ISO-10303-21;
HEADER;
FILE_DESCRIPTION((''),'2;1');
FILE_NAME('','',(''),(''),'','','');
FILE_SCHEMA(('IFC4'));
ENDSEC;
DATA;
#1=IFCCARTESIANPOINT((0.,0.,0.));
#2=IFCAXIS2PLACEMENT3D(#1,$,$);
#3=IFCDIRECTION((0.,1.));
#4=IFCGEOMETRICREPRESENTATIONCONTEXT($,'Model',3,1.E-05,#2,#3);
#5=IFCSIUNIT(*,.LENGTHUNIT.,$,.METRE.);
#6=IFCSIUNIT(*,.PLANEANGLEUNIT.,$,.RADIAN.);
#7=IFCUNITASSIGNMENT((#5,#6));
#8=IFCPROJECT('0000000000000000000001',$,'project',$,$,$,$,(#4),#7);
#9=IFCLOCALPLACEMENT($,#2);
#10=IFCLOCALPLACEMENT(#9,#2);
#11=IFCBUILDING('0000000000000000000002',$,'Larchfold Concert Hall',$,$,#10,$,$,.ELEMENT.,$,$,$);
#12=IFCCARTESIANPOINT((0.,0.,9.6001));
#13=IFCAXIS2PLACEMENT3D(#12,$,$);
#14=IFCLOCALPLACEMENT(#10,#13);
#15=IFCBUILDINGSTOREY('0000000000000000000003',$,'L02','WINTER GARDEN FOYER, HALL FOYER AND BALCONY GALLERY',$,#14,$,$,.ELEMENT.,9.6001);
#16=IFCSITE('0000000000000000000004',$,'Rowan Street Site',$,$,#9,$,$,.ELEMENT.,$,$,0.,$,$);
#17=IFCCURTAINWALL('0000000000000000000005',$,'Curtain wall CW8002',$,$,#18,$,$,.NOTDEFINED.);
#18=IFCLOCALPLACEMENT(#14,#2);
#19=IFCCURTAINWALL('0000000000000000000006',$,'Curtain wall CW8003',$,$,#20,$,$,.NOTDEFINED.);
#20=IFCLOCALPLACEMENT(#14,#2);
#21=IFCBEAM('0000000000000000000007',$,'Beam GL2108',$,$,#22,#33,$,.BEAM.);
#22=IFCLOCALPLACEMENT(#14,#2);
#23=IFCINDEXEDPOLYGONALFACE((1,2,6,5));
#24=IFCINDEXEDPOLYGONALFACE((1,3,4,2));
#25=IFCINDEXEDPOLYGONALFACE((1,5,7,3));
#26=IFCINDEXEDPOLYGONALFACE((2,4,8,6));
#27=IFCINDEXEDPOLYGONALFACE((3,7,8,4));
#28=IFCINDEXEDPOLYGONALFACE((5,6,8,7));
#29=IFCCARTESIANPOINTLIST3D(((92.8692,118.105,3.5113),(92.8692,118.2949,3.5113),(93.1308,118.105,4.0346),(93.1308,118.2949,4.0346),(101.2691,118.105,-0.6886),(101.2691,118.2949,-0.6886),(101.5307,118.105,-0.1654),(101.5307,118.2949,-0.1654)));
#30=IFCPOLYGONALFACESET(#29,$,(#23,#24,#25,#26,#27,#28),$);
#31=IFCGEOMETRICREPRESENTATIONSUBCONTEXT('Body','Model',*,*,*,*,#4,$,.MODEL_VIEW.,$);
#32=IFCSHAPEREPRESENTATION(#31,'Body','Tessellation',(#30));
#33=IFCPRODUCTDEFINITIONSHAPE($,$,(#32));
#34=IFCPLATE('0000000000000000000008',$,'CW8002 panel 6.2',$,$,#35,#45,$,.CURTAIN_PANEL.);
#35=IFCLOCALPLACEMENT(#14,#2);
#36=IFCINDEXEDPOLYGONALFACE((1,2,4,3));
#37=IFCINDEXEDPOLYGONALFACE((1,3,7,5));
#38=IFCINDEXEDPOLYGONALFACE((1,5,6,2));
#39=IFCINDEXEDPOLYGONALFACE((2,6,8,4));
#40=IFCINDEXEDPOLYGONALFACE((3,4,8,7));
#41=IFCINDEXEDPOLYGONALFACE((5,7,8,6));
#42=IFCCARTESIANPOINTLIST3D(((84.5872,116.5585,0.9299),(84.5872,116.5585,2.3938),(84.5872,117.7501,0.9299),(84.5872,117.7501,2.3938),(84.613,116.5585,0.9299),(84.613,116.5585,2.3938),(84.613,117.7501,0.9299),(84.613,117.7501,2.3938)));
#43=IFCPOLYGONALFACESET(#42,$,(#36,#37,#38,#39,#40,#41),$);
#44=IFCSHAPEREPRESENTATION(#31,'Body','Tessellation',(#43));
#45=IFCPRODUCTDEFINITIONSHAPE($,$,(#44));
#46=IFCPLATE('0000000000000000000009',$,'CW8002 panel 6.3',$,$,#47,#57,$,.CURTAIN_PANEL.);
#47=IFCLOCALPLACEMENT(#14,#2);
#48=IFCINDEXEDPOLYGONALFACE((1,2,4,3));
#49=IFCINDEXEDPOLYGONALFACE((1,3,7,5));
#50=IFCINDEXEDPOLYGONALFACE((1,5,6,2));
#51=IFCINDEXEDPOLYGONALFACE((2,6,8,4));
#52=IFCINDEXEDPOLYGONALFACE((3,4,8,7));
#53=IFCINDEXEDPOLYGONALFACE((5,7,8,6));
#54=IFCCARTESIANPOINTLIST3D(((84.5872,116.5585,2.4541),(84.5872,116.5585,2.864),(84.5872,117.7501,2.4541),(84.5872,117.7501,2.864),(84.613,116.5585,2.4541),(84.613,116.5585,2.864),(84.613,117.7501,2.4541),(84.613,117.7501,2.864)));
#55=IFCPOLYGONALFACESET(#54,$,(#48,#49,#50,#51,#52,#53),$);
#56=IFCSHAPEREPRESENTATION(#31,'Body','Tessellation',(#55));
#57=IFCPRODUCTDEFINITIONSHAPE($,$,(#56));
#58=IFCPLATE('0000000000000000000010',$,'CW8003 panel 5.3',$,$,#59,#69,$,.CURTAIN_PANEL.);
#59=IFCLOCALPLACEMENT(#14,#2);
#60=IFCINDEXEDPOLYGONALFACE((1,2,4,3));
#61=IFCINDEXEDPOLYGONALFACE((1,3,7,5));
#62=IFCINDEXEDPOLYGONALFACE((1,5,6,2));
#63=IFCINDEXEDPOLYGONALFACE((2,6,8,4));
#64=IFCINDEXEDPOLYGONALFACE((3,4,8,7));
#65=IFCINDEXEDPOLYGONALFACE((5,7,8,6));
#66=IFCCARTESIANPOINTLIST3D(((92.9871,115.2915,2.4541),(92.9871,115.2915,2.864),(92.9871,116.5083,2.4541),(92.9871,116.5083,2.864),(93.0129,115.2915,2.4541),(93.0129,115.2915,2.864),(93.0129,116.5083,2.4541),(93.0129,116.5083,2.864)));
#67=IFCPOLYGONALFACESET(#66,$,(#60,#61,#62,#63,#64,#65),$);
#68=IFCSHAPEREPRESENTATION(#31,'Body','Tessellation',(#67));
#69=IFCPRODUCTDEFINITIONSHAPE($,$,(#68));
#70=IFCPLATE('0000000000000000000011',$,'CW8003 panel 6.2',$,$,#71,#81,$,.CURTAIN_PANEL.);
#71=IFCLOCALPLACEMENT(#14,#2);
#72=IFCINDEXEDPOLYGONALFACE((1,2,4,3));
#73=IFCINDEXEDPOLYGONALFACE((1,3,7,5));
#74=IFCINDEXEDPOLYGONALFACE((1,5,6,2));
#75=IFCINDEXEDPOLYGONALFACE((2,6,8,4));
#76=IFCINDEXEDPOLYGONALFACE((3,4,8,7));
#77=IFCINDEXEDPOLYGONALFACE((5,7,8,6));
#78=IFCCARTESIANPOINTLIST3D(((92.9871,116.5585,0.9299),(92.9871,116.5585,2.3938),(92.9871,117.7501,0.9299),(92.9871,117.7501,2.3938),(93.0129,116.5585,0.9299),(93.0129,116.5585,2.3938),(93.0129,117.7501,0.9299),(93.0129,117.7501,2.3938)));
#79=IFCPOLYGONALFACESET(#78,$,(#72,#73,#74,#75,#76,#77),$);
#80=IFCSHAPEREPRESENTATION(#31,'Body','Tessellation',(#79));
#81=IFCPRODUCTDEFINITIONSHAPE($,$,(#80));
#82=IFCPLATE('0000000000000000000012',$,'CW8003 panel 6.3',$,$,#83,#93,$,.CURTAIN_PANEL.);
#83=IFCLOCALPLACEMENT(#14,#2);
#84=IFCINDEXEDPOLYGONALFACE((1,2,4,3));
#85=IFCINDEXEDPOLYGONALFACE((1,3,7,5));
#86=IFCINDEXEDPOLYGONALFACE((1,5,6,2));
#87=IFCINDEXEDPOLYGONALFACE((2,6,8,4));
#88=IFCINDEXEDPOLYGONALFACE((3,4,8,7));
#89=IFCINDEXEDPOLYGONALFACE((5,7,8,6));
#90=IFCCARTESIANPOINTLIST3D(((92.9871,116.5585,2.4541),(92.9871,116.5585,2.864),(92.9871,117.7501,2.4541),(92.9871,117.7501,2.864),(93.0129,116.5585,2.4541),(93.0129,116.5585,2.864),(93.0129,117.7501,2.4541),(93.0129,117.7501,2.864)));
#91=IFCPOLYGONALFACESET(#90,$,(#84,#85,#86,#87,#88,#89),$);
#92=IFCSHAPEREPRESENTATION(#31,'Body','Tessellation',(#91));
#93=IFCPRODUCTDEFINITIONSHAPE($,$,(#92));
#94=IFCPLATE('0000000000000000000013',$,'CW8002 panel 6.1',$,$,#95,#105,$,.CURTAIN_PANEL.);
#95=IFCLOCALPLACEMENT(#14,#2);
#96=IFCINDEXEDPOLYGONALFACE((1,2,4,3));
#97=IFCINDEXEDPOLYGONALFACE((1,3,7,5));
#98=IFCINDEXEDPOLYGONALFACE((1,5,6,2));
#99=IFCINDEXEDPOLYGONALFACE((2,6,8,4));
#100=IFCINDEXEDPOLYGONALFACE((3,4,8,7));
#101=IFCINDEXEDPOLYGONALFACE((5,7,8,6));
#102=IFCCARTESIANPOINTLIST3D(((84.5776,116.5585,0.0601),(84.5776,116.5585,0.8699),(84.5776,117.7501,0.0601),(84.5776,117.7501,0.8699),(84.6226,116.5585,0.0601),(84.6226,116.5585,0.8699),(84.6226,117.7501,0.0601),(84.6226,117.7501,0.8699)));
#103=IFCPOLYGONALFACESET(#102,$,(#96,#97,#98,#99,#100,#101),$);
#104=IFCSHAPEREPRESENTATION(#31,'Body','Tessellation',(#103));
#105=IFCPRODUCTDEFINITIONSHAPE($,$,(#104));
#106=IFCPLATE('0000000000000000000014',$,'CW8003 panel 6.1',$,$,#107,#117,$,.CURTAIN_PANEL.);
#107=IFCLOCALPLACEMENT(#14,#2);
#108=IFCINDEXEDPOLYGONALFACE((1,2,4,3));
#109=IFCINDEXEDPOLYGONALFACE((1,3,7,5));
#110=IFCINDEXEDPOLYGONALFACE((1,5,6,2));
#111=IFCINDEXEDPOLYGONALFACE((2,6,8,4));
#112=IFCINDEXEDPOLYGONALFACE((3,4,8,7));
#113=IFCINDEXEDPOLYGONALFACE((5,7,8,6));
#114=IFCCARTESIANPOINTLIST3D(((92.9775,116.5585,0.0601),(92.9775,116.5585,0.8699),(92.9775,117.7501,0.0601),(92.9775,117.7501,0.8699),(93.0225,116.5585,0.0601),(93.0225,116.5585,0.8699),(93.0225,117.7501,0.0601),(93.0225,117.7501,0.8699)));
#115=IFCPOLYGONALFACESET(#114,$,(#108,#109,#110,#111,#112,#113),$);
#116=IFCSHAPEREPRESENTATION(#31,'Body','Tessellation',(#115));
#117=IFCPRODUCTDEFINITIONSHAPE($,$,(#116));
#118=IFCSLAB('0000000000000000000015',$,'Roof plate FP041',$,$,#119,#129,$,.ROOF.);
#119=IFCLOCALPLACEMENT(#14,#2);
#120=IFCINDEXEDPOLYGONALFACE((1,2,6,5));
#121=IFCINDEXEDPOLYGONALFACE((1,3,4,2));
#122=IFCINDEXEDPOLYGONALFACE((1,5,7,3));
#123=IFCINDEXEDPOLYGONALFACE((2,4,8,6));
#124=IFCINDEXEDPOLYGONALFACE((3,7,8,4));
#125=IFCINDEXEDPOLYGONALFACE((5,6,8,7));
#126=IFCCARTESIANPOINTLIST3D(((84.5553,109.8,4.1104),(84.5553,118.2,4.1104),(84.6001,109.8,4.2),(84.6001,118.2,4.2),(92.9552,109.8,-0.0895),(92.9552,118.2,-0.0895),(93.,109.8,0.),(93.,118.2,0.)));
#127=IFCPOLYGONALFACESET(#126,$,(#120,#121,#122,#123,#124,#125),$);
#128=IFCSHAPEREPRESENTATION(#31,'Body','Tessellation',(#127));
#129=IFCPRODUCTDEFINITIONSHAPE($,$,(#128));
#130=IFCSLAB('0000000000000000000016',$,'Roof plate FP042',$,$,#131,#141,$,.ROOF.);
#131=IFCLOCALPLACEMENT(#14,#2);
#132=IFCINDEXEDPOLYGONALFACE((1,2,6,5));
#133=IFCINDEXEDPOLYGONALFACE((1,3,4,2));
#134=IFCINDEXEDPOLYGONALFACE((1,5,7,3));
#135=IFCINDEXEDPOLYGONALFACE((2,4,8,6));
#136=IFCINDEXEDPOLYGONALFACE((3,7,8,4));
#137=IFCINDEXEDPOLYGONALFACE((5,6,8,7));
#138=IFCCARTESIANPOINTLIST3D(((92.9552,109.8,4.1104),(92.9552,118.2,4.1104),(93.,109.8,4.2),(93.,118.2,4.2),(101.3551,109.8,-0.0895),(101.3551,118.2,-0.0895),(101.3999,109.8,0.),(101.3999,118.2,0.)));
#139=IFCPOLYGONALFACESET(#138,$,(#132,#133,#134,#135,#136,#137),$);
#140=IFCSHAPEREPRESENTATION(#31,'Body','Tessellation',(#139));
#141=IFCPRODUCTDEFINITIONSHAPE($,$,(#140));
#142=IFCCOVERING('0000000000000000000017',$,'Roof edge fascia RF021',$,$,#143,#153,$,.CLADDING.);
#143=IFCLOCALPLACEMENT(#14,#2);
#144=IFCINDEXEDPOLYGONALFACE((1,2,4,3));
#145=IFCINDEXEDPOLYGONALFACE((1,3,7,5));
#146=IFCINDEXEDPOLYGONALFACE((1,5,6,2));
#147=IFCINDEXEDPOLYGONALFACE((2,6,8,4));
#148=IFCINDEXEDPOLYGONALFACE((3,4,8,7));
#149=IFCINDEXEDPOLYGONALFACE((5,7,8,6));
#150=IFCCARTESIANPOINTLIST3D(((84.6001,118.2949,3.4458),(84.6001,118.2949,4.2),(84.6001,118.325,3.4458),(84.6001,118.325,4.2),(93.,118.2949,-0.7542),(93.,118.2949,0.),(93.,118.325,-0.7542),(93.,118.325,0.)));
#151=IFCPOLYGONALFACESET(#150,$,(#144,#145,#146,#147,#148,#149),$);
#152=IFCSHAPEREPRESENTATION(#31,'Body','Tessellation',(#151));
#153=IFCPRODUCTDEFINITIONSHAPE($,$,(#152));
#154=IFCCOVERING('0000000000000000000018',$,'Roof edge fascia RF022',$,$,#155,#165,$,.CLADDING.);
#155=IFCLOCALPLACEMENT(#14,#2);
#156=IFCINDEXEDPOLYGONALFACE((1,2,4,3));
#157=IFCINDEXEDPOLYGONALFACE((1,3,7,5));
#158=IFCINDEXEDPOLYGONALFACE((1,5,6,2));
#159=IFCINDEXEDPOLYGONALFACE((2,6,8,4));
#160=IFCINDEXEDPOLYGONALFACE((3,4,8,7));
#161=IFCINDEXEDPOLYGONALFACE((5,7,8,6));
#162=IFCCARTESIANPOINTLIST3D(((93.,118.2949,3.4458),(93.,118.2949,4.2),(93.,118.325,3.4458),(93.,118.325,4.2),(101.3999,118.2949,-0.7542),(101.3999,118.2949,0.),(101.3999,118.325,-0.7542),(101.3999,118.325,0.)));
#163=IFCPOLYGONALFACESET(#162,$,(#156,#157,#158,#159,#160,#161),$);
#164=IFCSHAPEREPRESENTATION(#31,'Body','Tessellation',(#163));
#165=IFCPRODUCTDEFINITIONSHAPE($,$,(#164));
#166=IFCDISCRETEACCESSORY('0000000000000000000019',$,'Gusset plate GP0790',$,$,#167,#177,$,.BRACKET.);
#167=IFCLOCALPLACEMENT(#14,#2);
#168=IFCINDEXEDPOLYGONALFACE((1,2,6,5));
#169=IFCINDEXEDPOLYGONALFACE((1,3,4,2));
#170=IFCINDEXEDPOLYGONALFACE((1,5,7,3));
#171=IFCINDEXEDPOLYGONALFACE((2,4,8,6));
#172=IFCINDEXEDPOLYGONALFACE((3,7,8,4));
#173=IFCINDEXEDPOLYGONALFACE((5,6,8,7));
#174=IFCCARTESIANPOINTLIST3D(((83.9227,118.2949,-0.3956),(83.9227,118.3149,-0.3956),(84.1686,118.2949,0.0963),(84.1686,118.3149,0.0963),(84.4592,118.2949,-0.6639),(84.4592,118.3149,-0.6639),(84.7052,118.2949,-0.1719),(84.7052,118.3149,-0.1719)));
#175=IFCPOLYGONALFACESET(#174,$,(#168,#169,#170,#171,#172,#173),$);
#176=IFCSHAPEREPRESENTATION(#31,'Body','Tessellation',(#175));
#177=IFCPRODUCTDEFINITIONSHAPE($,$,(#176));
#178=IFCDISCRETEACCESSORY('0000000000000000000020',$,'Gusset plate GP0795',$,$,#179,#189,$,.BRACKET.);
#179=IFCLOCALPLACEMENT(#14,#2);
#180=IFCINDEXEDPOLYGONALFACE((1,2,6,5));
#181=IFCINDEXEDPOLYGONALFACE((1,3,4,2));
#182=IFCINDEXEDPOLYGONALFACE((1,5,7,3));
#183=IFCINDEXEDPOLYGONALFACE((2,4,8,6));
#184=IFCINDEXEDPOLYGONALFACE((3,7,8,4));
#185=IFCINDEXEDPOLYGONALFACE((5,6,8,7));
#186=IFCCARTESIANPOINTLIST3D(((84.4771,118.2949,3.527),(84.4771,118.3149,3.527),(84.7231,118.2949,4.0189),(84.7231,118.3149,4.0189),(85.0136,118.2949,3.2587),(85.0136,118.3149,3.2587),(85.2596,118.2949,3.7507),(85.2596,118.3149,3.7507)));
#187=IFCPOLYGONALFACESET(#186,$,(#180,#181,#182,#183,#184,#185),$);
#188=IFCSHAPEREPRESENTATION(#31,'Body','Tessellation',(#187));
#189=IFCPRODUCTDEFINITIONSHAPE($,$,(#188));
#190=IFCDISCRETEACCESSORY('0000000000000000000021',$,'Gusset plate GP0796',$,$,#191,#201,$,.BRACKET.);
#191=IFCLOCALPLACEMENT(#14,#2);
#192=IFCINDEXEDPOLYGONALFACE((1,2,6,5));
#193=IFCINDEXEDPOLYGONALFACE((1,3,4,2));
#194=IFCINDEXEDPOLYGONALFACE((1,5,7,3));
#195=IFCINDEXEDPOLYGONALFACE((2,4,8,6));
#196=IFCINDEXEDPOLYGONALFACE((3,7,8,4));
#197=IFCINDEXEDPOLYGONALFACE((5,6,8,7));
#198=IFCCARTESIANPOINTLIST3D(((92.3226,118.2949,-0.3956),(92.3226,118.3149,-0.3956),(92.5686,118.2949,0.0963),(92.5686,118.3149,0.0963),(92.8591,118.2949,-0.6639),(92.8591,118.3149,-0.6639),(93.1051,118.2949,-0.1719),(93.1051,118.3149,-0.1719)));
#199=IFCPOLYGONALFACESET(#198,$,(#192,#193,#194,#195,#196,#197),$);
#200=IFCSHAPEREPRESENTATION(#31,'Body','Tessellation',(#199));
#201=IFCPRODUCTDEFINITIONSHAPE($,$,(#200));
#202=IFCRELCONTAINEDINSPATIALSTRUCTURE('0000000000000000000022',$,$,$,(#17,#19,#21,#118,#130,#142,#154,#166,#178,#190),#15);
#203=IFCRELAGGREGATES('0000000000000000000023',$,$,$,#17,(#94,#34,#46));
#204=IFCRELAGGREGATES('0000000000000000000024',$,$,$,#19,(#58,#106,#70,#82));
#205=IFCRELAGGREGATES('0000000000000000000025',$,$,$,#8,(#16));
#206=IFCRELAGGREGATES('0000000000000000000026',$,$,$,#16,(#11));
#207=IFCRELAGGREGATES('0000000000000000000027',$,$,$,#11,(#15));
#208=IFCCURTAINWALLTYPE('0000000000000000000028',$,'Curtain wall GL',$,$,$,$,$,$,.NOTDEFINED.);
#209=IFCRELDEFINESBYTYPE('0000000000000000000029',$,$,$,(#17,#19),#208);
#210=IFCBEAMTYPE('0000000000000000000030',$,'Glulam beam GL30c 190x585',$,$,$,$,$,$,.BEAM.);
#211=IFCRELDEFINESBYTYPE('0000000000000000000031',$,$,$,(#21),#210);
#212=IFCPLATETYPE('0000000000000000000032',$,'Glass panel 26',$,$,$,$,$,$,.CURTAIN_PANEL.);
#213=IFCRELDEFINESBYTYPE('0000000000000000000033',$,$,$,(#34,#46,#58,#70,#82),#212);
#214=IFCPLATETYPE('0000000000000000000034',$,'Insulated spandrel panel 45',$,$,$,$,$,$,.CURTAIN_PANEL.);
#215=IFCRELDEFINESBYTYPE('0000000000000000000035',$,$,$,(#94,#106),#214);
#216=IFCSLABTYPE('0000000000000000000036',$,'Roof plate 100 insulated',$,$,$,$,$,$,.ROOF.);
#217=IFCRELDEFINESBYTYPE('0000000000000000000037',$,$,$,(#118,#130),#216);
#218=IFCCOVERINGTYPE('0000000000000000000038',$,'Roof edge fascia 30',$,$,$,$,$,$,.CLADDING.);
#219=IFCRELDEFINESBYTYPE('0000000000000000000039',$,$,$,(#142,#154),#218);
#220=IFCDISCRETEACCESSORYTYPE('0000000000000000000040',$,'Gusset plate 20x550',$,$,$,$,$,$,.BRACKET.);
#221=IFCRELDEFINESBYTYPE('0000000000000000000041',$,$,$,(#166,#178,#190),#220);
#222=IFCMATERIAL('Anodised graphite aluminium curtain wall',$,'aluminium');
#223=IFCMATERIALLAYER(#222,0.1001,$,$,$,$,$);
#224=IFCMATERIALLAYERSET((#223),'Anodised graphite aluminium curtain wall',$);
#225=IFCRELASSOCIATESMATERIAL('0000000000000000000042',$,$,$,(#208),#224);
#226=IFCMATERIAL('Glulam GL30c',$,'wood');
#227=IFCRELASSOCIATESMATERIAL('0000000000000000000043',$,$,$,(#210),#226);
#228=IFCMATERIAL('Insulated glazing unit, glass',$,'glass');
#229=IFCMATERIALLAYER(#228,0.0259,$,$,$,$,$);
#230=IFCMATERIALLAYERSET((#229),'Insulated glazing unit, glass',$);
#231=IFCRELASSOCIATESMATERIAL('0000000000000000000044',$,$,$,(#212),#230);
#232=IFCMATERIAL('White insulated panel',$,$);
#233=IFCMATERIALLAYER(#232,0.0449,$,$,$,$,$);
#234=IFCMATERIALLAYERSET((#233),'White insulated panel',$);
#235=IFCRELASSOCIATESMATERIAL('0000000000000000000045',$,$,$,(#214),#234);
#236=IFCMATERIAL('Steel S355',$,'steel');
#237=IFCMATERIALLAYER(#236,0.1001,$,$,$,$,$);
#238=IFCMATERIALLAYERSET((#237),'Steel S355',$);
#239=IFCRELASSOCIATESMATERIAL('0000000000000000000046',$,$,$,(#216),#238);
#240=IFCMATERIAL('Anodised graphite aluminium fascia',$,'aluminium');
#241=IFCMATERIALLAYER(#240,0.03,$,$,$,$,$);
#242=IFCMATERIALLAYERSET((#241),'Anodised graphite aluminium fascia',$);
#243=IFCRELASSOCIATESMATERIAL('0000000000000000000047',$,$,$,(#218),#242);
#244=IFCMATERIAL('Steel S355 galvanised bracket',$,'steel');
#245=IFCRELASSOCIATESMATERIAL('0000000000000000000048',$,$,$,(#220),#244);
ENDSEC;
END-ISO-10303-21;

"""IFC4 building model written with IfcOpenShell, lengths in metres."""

from ifc_helpers import new_model, si_unit, direction, frame, origin, origin_2d, place, context, subcontext, project, spatial, polyline, rectangle, outline, extrude, material, layer, layer_set, material_profile, profile_set, type_object, element, aggregate, save


model = new_model("IFC4")

# Units and contexts
model_context = context("Model", 3, precision=1e-05, world=origin(), true_north=direction((0.0, 1.0)))
body_context = subcontext(model_context, "Body", "Model", "MODEL_VIEW")
ifc_project = project(units=[si_unit("LENGTHUNIT", "METRE"), si_unit("PLANEANGLEUNIT", "RADIAN")], contexts=[model_context])

# Site, building, storey
site_placement = place(None, origin())
site = spatial("IfcSite", under=ifc_project, at=site_placement, Name="Rowan Street Site", CompositionType="ELEMENT", RefElevation=0.0)
building_placement = place(site_placement, origin())
building = spatial("IfcBuilding", under=site, at=building_placement, Name="Larchfold Concert Hall", CompositionType="ELEMENT")
storey_placement = place(building_placement, frame((0.0, 0.0, 9.6001)))
storey = spatial("IfcBuildingStorey", under=building, at=storey_placement, Name="L02", Description="WINTER GARDEN FOYER, HALL FOYER AND BALCONY GALLERY", CompositionType="ELEMENT", Elevation=9.6001)

# Curtain walls
ifc_material_1 = material(Name="Anodised graphite aluminium curtain wall", Category="aluminium")
ifc_layer_1 = layer(ifc_material_1, 0.1001)
ifc_layer_set_1 = layer_set([ifc_layer_1], Name="Anodised graphite aluminium curtain wall")
curtain_wall_type_1 = type_object("IfcCurtainWallType", Name="Curtain wall GL", PredefinedType="NOTDEFINED", material=ifc_layer_set_1)
curtain_wall_1_placement = place(storey_placement, origin())
curtain_wall_1 = element("IfcCurtainWall", 1, at=curtain_wall_1_placement, inside=storey, type_object=curtain_wall_type_1, Name="Curtain wall CW8002", PredefinedType="NOTDEFINED")
curtain_wall_2_placement = place(storey_placement, origin())
curtain_wall_2 = element("IfcCurtainWall", 2, at=curtain_wall_2_placement, inside=storey, type_object=curtain_wall_type_1, Name="Curtain wall CW8003", PredefinedType="NOTDEFINED")

# Beam
ifc_material_2 = material(Name="Glulam GL30c", Category="wood")
ifc_material_profile_1 = material_profile(ifc_material_2, rectangle(XDim=0.1899, YDim=0.585, at=origin_2d()))
ifc_profile_set_1 = profile_set([ifc_material_profile_1], Name="Glulam GL30c")
beam_type = type_object("IfcBeamType", Name="Glulam beam GL30c 190x585", PredefinedType="BEAM", material=ifc_profile_set_1)
for number, where, z_axis, x_axis, name in (
    (3, (93.0, 118.2, 3.7729), (0.894427, 0.0, -0.447214), (0.0, 1.0, 0.0), "Beam GL2108"),
):
    element("IfcBeam", number, at=place(storey_placement, frame(where, z_axis=z_axis, x_axis=x_axis)), inside=storey, type_object=beam_type, Name=name, PredefinedType="BEAM", context=body_context, shape_type="SweptSolid", body=[
        extrude(rectangle(XDim=0.1899, YDim=0.585, at=origin_2d()), origin(), (0.0, 0.0, 1.0), 9.3914),
    ])

# Plates
ifc_material_3 = material(Name="Insulated glazing unit, glass", Category="glass")
ifc_layer_2 = layer(ifc_material_3, 0.0259)
ifc_layer_set_2 = layer_set([ifc_layer_2], Name="Insulated glazing unit, glass")
plate_type_1 = type_object("IfcPlateType", Name="Glass panel 26", PredefinedType="CURTAIN_PANEL", material=ifc_layer_set_2)
plate_1_placement = place(storey_placement, frame((84.6001, 117.1543, 0.9299), z_axis=(0.0, 0.0, 1.0), x_axis=(0.0, 1.0, 0.0)))
plate_1 = element("IfcPlate", 4, at=plate_1_placement, type_object=plate_type_1, Name="CW8002 panel 6.2", PredefinedType="CURTAIN_PANEL", context=body_context, shape_type="SweptSolid", body=[
    extrude(rectangle(XDim=1.1917, YDim=0.0259, at=origin_2d()), origin(), (0.0, 0.0, 1.0), 1.4639),
])
plate_2_placement = place(storey_placement, frame((84.6001, 117.1543, 2.4541), z_axis=(0.0, 0.0, 1.0), x_axis=(0.0, 1.0, 0.0)))
plate_2 = element("IfcPlate", 5, at=plate_2_placement, type_object=plate_type_1, Name="CW8002 panel 6.3", PredefinedType="CURTAIN_PANEL", context=body_context, shape_type="SweptSolid", body=[
    extrude(rectangle(XDim=1.1917, YDim=0.0259, at=origin_2d()), origin(), (0.0, 0.0, 1.0), 0.4099),
])
plate_3_placement = place(storey_placement, frame((93.0, 115.8999, 2.4541), z_axis=(0.0, 0.0, 1.0), x_axis=(0.0, 1.0, 0.0)))
plate_3 = element("IfcPlate", 6, at=plate_3_placement, type_object=plate_type_1, Name="CW8003 panel 5.3", PredefinedType="CURTAIN_PANEL", context=body_context, shape_type="SweptSolid", body=[
    extrude(rectangle(XDim=1.2168, YDim=0.0259, at=origin_2d()), origin(), (0.0, 0.0, 1.0), 0.4099),
])
plate_4_placement = place(storey_placement, frame((93.0, 117.1543, 0.9299), z_axis=(0.0, 0.0, 1.0), x_axis=(0.0, 1.0, 0.0)))
plate_4 = element("IfcPlate", 7, at=plate_4_placement, type_object=plate_type_1, Name="CW8003 panel 6.2", PredefinedType="CURTAIN_PANEL", context=body_context, shape_type="SweptSolid", body=[
    extrude(rectangle(XDim=1.1917, YDim=0.0259, at=origin_2d()), origin(), (0.0, 0.0, 1.0), 1.4639),
])
plate_5_placement = place(storey_placement, frame((93.0, 117.1543, 2.4541), z_axis=(0.0, 0.0, 1.0), x_axis=(0.0, 1.0, 0.0)))
plate_5 = element("IfcPlate", 8, at=plate_5_placement, type_object=plate_type_1, Name="CW8003 panel 6.3", PredefinedType="CURTAIN_PANEL", context=body_context, shape_type="SweptSolid", body=[
    extrude(rectangle(XDim=1.1917, YDim=0.0259, at=origin_2d()), origin(), (0.0, 0.0, 1.0), 0.4099),
])
ifc_material_4 = material(Name="White insulated panel")
ifc_layer_3 = layer(ifc_material_4, 0.0449)
ifc_layer_set_3 = layer_set([ifc_layer_3], Name="White insulated panel")
plate_type_2 = type_object("IfcPlateType", Name="Insulated spandrel panel 45", PredefinedType="CURTAIN_PANEL", material=ifc_layer_set_3)
plate_6_placement = place(storey_placement, frame((84.6001, 117.1543, 0.0601), z_axis=(0.0, 0.0, 1.0), x_axis=(0.0, 1.0, 0.0)))
plate_6 = element("IfcPlate", 9, at=plate_6_placement, type_object=plate_type_2, Name="CW8002 panel 6.1", PredefinedType="CURTAIN_PANEL", context=body_context, shape_type="SweptSolid", body=[
    extrude(rectangle(XDim=1.1917, YDim=0.0449, at=origin_2d()), origin(), (0.0, 0.0, 1.0), 0.8098),
])
aggregate(curtain_wall_1, [plate_6, plate_1, plate_2])
plate_7_placement = place(storey_placement, frame((93.0, 117.1543, 0.0601), z_axis=(0.0, 0.0, 1.0), x_axis=(0.0, 1.0, 0.0)))
plate_7 = element("IfcPlate", 10, at=plate_7_placement, type_object=plate_type_2, Name="CW8003 panel 6.1", PredefinedType="CURTAIN_PANEL", context=body_context, shape_type="SweptSolid", body=[
    extrude(rectangle(XDim=1.1917, YDim=0.0449, at=origin_2d()), origin(), (0.0, 0.0, 1.0), 0.8098),
])
aggregate(curtain_wall_2, [plate_3, plate_7, plate_4, plate_5])

# Slabs
ifc_material_5 = material(Name="Steel S355", Category="steel")
ifc_layer_4 = layer(ifc_material_5, 0.1001)
ifc_layer_set_4 = layer_set([ifc_layer_4], Name="Steel S355")
slab_type = type_object("IfcSlabType", Name="Roof plate 100 insulated", PredefinedType="ROOF", material=ifc_layer_set_4)
for number, where, z_axis, x_axis, name in (
    (11, (93.0, 118.2, 0.0), (0.447214, 0.0, 0.894427), (0.0, -1.0, 0.0), "Roof plate FP041"),
    (12, (101.3999, 118.2, 0.0), (0.447214, 0.0, 0.894427), (0.0, -1.0, 0.0), "Roof plate FP042"),
):
    element("IfcSlab", number, at=place(storey_placement, frame(where, z_axis=z_axis, x_axis=x_axis)), inside=storey, type_object=slab_type, Name=name, PredefinedType="ROOF", context=body_context, shape_type="SweptSolid", body=[
        extrude(outline(polyline([(0.0, 0.0), (8.3999, 0.0), (8.3999, -9.3914), (0.0, -9.3914), (0.0, 0.0)])), origin(), (0.0, 0.0, -1.0), 0.1001),
    ])

# Coverings
ifc_material_6 = material(Name="Anodised graphite aluminium fascia", Category="aluminium")
ifc_layer_5 = layer(ifc_material_6, 0.03)
ifc_layer_set_5 = layer_set([ifc_layer_5], Name="Anodised graphite aluminium fascia")
covering_type = type_object("IfcCoveringType", Name="Roof edge fascia 30", PredefinedType="CLADDING", material=ifc_layer_set_5)
for number, where, z_axis, x_axis, name in (
    (13, (84.6001, 118.325, 4.2), (0.0, 1.0, 0.0), (0.894427, 0.0, -0.447214), "Roof edge fascia RF021"),
    (14, (93.0, 118.325, 4.2), (0.0, 1.0, 0.0), (0.894427, 0.0, -0.447214), "Roof edge fascia RF022"),
):
    element("IfcCovering", number, at=place(storey_placement, frame(where, z_axis=z_axis, x_axis=x_axis)), inside=storey, type_object=covering_type, Name=name, PredefinedType="CLADDING", context=body_context, shape_type="SweptSolid", body=[
        extrude(outline(polyline([(0.0, 0.0), (9.3914, 0.0), (9.7286, 0.6745), (0.3373, 0.6745), (0.0, 0.0)])), origin(), (0.0, 0.0, -1.0), 0.03),
    ])

# Discrete accessories
ifc_material_7 = material(Name="Steel S355 galvanised bracket", Category="steel")
ifc_material_profile_2 = material_profile(ifc_material_7, rectangle(XDim=0.02, YDim=0.55, at=origin_2d()))
ifc_profile_set_2 = profile_set([ifc_material_profile_2], Name="Steel S355 galvanised bracket")
discrete_accessory_type = type_object("IfcDiscreteAccessoryType", Name="Gusset plate 20x550", PredefinedType="BRACKET", material=ifc_profile_set_2)
for number, where, z_axis, x_axis, name in (
    (15, (84.0457, 118.3049, -0.1497), (0.894427, 0.0, -0.447214), (0.0, 1.0, 0.0), "Gusset plate GP0790"),
    (16, (84.6001, 118.3049, 3.7729), (0.894427, 0.0, -0.447214), (0.0, 1.0, 0.0), "Gusset plate GP0795"),
    (17, (92.4456, 118.3049, -0.1497), (0.894427, 0.0, -0.447214), (0.0, 1.0, 0.0), "Gusset plate GP0796"),
):
    element("IfcDiscreteAccessory", number, at=place(storey_placement, frame(where, z_axis=z_axis, x_axis=x_axis)), inside=storey, type_object=discrete_accessory_type, Name=name, PredefinedType="BRACKET", context=body_context, shape_type="SweptSolid", body=[
        extrude(rectangle(XDim=0.02, YDim=0.55, at=origin_2d()), origin(), (0.0, 0.0, 1.0), 0.5999),
    ])

save(model, "model.ifc")
